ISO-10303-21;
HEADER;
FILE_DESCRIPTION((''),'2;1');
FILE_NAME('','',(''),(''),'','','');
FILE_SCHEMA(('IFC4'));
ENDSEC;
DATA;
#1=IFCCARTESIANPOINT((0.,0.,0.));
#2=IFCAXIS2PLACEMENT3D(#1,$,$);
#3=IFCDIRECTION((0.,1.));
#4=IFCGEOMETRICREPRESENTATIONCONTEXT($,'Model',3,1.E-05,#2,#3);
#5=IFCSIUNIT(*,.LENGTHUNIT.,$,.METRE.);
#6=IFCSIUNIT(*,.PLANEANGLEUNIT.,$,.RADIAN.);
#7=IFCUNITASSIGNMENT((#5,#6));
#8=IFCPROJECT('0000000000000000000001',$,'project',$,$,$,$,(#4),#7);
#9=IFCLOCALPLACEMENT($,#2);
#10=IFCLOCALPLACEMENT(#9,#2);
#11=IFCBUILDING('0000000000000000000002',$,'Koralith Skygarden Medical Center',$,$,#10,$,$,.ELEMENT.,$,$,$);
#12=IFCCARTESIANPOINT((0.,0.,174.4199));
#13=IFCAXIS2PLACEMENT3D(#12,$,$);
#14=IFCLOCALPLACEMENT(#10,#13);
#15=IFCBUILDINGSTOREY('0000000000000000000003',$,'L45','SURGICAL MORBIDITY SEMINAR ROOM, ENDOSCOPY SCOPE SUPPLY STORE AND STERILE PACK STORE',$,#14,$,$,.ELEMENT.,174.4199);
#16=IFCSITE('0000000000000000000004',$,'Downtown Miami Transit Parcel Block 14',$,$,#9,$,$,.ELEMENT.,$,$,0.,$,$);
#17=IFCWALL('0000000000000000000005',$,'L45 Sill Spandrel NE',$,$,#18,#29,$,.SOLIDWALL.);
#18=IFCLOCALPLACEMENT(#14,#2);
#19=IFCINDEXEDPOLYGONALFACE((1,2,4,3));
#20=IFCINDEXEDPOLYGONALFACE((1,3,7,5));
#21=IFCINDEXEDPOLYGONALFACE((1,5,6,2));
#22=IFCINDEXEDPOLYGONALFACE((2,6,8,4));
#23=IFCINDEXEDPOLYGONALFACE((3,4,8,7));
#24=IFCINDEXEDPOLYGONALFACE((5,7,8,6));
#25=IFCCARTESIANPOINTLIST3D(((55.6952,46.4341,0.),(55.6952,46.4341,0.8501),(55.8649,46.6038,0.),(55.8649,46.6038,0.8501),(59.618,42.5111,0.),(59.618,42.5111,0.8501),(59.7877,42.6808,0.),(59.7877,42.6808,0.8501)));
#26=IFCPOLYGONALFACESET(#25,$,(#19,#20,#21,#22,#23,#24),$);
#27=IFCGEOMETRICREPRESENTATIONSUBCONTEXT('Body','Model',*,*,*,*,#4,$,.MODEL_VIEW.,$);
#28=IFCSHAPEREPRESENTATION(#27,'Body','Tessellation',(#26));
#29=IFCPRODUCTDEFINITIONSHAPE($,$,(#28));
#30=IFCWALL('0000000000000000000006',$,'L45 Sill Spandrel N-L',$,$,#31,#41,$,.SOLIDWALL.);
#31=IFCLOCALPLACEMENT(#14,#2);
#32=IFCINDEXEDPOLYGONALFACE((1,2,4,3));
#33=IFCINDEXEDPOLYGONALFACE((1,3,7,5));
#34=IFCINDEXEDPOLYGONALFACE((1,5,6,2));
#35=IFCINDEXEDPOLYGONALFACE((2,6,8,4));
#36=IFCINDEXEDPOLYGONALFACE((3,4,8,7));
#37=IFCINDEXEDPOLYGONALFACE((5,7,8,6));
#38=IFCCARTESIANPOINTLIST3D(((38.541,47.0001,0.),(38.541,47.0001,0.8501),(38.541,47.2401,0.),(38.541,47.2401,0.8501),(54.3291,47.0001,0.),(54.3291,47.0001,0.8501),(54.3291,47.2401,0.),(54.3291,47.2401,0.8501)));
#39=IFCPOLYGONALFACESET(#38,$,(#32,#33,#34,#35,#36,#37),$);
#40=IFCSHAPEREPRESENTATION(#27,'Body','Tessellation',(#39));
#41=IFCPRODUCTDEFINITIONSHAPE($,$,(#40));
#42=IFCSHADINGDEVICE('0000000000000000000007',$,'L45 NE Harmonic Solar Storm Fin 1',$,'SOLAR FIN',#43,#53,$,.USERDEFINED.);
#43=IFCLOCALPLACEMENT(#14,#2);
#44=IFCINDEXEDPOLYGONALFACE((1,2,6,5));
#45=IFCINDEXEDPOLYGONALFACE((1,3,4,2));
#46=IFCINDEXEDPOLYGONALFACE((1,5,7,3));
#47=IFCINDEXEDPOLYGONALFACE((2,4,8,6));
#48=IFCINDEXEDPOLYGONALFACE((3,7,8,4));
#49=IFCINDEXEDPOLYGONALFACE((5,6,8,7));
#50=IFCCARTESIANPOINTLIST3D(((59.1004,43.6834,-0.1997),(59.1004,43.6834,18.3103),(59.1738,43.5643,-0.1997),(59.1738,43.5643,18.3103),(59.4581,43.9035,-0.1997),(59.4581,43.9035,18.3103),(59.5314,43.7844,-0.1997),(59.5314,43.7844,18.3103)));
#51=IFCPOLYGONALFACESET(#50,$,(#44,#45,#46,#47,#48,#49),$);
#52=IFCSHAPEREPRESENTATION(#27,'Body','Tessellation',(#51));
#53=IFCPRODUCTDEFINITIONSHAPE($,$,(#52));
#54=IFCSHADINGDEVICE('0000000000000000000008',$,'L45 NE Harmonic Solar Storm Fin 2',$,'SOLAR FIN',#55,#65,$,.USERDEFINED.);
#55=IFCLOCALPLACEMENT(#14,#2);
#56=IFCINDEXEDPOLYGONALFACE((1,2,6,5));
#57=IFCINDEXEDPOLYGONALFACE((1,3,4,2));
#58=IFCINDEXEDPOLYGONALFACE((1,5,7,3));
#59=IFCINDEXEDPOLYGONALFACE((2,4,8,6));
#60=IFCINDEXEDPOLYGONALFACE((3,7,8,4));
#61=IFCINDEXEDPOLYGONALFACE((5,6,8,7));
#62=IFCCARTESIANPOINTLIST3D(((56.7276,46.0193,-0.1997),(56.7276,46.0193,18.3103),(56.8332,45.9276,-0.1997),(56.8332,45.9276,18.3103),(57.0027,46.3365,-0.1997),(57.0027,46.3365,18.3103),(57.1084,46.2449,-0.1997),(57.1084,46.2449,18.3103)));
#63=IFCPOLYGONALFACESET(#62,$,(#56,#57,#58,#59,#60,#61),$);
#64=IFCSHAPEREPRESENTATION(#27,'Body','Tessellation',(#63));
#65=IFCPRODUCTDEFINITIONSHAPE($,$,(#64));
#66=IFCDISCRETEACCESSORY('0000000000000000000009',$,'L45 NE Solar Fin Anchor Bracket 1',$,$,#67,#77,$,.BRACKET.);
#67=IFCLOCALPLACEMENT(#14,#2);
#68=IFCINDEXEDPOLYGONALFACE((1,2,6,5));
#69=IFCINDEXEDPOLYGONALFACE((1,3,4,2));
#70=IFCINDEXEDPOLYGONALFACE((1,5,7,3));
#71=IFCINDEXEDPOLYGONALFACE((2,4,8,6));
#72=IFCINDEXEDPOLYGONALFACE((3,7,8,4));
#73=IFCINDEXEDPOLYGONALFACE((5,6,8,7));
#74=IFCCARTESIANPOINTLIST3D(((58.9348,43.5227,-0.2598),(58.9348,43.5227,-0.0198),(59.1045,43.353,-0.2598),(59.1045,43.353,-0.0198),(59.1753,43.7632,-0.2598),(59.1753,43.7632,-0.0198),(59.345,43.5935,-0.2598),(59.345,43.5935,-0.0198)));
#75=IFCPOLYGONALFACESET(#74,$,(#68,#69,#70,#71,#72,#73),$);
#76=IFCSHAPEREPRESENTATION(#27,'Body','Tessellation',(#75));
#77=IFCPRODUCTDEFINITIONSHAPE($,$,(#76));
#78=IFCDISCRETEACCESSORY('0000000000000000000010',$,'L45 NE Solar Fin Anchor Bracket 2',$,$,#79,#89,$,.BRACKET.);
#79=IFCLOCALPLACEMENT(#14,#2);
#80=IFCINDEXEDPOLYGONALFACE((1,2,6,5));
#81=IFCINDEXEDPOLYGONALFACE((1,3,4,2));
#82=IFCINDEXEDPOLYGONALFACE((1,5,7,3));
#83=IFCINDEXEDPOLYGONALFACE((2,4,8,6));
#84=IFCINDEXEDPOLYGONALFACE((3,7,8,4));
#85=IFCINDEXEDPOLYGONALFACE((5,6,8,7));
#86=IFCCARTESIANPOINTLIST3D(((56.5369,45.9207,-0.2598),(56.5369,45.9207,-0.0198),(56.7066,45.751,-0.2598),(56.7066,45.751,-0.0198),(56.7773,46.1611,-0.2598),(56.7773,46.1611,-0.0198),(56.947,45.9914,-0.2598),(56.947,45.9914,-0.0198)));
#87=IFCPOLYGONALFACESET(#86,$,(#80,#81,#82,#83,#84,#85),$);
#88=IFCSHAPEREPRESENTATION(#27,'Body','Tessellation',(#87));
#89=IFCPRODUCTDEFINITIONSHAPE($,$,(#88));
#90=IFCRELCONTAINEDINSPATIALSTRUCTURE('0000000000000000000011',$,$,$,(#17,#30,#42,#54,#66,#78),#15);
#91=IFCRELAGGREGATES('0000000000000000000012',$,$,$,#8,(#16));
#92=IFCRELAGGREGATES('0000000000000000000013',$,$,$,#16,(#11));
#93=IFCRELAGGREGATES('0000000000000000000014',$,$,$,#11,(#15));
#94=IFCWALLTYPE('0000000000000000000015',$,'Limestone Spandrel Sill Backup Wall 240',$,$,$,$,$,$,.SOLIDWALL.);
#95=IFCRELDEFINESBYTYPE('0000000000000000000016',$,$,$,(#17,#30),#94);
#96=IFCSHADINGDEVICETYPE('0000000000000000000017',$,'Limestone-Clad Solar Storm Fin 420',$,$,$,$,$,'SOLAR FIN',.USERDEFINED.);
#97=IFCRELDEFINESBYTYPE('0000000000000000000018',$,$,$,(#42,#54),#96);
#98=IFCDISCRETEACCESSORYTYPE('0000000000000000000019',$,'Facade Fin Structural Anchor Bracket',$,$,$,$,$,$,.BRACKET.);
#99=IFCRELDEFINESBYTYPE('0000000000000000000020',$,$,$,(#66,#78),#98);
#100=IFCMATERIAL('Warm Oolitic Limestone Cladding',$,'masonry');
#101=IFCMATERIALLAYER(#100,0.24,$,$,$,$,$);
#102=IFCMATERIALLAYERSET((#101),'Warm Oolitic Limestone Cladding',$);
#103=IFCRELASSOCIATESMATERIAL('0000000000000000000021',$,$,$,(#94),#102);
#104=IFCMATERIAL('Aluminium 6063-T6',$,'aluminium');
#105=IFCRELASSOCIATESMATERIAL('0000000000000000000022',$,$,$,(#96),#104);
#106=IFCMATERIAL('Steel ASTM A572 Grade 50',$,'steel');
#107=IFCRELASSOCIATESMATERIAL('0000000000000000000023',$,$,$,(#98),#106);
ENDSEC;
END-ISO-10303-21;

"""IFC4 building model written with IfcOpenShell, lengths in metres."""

from ifc_helpers import new_model, si_unit, direction, frame, frame_2d, origin, origin_2d, place, context, subcontext, project, spatial, rectangle, extrude, material, layer, layer_set, type_object, element, save


model = new_model("IFC4")

# Units and contexts
model_context = context("Model", 3, precision=1e-05, world=origin(), true_north=direction((0.0, 1.0)))
body_context = subcontext(model_context, "Body", "Model", "MODEL_VIEW")
ifc_project = project(units=[si_unit("LENGTHUNIT", "METRE"), si_unit("PLANEANGLEUNIT", "RADIAN")], contexts=[model_context])

# Site, building, storey
site_placement = place(None, origin())
site = spatial("IfcSite", under=ifc_project, at=site_placement, Name="Downtown Miami Transit Parcel Block 14", CompositionType="ELEMENT", RefElevation=0.0)
building_placement = place(site_placement, origin())
building = spatial("IfcBuilding", under=site, at=building_placement, Name="Koralith Skygarden Medical Center", CompositionType="ELEMENT")
storey_placement = place(building_placement, frame((0.0, 0.0, 174.4199)))
storey = spatial("IfcBuildingStorey", under=building, at=storey_placement, Name="L45", Description="SURGICAL MORBIDITY SEMINAR ROOM, ENDOSCOPY SCOPE SUPPLY STORE AND STERILE PACK STORE", CompositionType="ELEMENT", Elevation=174.4199)

# Shared definitions
ifc_material_1 = material(Name="Aluminium 6063-T6", Category="aluminium")

# Shared definitions
ifc_material_2 = material(Name="Warm Oolitic Limestone Cladding", Category="masonry")

# Walls
ifc_layer_1 = layer(ifc_material_2, 0.24)
ifc_layer_set_1 = layer_set([ifc_layer_1], Name="Warm Oolitic Limestone Cladding")
wall_type = type_object("IfcWallType", Name="Limestone Spandrel Sill Backup Wall 240", PredefinedType="SOLIDWALL", material=ifc_layer_set_1)
wall_1_placement = place(storey_placement, frame((59.7029, 42.5959, 0.0), z_axis=(0.0, 0.0, 1.0), x_axis=(-0.707085, 0.707129, 0.0)))
element("IfcWall", 1, at=wall_1_placement, inside=storey, type_object=wall_type, Name="L45 Sill Spandrel NE", PredefinedType="SOLIDWALL", context=body_context, shape_type="SweptSolid", body=[
    extrude(rectangle(XDim=5.5479, YDim=0.24, at=frame_2d((2.7739, 0.0))), origin(), (0.0, 0.0, 1.0), 0.8501),
])
wall_2_placement = place(storey_placement, frame((54.3291, 47.1201, 0.0), z_axis=(0.0, 0.0, 1.0), x_axis=(-1.0, 0.0, 0.0)))
element("IfcWall", 2, at=wall_2_placement, inside=storey, type_object=wall_type, Name="L45 Sill Spandrel N-L", PredefinedType="SOLIDWALL", context=body_context, shape_type="SweptSolid", body=[
    extrude(rectangle(XDim=15.7881, YDim=0.24, at=frame_2d((7.894, 0.0))), origin(), (0.0, 0.0, 1.0), 0.8501),
])

# Shading devices
shading_device_type = type_object("IfcShadingDeviceType", Name="Limestone-Clad Solar Storm Fin 420", ElementType="SOLAR FIN", PredefinedType="USERDEFINED", material=ifc_material_1)
for number, where, z_axis, x_axis, name in (
    (3, (59.3159, 43.7339, -0.1997), (0.0, 0.0, 1.0), (0.851672, 0.524075, 0.0), "L45 NE Harmonic Solar Storm Fin 1"),
    (4, (56.918, 46.1321, -0.1997), (0.0, 0.0, 1.0), (0.655229, 0.75543, 0.0), "L45 NE Harmonic Solar Storm Fin 2"),
):
    element("IfcShadingDevice", number, at=place(storey_placement, frame(where, z_axis=z_axis, x_axis=x_axis)), inside=storey, type_object=shading_device_type, Name=name, ObjectType="SOLAR FIN", PredefinedType="USERDEFINED", context=body_context, shape_type="SweptSolid", body=[
        extrude(rectangle(XDim=0.4199, YDim=0.1399, at=origin_2d()), origin(), (0.0, 0.0, 1.0), 18.51),
    ])

# Discrete accessories
ifc_material_3 = material(Name="Steel ASTM A572 Grade 50", Category="steel")
discrete_accessory_type = type_object("IfcDiscreteAccessoryType", Name="Facade Fin Structural Anchor Bracket", PredefinedType="BRACKET", material=ifc_material_3)
for number, where, z_axis, x_axis, name in (
    (5, (59.1399, 43.5581, -0.2598), (0.0, 0.0, 1.0), (0.707107, 0.707107, 0.0), "L45 NE Solar Fin Anchor Bracket 1"),
    (6, (56.7419, 45.9561, -0.2598), (0.0, 0.0, 1.0), (0.707107, 0.707107, 0.0), "L45 NE Solar Fin Anchor Bracket 2"),
):
    element("IfcDiscreteAccessory", number, at=place(storey_placement, frame(where, z_axis=z_axis, x_axis=x_axis)), inside=storey, type_object=discrete_accessory_type, Name=name, PredefinedType="BRACKET", context=body_context, shape_type="SweptSolid", body=[
        extrude(rectangle(XDim=0.3401, YDim=0.24, at=origin_2d()), origin(), (0.0, 0.0, 1.0), 0.24),
    ])

save(model, "model.ifc")
